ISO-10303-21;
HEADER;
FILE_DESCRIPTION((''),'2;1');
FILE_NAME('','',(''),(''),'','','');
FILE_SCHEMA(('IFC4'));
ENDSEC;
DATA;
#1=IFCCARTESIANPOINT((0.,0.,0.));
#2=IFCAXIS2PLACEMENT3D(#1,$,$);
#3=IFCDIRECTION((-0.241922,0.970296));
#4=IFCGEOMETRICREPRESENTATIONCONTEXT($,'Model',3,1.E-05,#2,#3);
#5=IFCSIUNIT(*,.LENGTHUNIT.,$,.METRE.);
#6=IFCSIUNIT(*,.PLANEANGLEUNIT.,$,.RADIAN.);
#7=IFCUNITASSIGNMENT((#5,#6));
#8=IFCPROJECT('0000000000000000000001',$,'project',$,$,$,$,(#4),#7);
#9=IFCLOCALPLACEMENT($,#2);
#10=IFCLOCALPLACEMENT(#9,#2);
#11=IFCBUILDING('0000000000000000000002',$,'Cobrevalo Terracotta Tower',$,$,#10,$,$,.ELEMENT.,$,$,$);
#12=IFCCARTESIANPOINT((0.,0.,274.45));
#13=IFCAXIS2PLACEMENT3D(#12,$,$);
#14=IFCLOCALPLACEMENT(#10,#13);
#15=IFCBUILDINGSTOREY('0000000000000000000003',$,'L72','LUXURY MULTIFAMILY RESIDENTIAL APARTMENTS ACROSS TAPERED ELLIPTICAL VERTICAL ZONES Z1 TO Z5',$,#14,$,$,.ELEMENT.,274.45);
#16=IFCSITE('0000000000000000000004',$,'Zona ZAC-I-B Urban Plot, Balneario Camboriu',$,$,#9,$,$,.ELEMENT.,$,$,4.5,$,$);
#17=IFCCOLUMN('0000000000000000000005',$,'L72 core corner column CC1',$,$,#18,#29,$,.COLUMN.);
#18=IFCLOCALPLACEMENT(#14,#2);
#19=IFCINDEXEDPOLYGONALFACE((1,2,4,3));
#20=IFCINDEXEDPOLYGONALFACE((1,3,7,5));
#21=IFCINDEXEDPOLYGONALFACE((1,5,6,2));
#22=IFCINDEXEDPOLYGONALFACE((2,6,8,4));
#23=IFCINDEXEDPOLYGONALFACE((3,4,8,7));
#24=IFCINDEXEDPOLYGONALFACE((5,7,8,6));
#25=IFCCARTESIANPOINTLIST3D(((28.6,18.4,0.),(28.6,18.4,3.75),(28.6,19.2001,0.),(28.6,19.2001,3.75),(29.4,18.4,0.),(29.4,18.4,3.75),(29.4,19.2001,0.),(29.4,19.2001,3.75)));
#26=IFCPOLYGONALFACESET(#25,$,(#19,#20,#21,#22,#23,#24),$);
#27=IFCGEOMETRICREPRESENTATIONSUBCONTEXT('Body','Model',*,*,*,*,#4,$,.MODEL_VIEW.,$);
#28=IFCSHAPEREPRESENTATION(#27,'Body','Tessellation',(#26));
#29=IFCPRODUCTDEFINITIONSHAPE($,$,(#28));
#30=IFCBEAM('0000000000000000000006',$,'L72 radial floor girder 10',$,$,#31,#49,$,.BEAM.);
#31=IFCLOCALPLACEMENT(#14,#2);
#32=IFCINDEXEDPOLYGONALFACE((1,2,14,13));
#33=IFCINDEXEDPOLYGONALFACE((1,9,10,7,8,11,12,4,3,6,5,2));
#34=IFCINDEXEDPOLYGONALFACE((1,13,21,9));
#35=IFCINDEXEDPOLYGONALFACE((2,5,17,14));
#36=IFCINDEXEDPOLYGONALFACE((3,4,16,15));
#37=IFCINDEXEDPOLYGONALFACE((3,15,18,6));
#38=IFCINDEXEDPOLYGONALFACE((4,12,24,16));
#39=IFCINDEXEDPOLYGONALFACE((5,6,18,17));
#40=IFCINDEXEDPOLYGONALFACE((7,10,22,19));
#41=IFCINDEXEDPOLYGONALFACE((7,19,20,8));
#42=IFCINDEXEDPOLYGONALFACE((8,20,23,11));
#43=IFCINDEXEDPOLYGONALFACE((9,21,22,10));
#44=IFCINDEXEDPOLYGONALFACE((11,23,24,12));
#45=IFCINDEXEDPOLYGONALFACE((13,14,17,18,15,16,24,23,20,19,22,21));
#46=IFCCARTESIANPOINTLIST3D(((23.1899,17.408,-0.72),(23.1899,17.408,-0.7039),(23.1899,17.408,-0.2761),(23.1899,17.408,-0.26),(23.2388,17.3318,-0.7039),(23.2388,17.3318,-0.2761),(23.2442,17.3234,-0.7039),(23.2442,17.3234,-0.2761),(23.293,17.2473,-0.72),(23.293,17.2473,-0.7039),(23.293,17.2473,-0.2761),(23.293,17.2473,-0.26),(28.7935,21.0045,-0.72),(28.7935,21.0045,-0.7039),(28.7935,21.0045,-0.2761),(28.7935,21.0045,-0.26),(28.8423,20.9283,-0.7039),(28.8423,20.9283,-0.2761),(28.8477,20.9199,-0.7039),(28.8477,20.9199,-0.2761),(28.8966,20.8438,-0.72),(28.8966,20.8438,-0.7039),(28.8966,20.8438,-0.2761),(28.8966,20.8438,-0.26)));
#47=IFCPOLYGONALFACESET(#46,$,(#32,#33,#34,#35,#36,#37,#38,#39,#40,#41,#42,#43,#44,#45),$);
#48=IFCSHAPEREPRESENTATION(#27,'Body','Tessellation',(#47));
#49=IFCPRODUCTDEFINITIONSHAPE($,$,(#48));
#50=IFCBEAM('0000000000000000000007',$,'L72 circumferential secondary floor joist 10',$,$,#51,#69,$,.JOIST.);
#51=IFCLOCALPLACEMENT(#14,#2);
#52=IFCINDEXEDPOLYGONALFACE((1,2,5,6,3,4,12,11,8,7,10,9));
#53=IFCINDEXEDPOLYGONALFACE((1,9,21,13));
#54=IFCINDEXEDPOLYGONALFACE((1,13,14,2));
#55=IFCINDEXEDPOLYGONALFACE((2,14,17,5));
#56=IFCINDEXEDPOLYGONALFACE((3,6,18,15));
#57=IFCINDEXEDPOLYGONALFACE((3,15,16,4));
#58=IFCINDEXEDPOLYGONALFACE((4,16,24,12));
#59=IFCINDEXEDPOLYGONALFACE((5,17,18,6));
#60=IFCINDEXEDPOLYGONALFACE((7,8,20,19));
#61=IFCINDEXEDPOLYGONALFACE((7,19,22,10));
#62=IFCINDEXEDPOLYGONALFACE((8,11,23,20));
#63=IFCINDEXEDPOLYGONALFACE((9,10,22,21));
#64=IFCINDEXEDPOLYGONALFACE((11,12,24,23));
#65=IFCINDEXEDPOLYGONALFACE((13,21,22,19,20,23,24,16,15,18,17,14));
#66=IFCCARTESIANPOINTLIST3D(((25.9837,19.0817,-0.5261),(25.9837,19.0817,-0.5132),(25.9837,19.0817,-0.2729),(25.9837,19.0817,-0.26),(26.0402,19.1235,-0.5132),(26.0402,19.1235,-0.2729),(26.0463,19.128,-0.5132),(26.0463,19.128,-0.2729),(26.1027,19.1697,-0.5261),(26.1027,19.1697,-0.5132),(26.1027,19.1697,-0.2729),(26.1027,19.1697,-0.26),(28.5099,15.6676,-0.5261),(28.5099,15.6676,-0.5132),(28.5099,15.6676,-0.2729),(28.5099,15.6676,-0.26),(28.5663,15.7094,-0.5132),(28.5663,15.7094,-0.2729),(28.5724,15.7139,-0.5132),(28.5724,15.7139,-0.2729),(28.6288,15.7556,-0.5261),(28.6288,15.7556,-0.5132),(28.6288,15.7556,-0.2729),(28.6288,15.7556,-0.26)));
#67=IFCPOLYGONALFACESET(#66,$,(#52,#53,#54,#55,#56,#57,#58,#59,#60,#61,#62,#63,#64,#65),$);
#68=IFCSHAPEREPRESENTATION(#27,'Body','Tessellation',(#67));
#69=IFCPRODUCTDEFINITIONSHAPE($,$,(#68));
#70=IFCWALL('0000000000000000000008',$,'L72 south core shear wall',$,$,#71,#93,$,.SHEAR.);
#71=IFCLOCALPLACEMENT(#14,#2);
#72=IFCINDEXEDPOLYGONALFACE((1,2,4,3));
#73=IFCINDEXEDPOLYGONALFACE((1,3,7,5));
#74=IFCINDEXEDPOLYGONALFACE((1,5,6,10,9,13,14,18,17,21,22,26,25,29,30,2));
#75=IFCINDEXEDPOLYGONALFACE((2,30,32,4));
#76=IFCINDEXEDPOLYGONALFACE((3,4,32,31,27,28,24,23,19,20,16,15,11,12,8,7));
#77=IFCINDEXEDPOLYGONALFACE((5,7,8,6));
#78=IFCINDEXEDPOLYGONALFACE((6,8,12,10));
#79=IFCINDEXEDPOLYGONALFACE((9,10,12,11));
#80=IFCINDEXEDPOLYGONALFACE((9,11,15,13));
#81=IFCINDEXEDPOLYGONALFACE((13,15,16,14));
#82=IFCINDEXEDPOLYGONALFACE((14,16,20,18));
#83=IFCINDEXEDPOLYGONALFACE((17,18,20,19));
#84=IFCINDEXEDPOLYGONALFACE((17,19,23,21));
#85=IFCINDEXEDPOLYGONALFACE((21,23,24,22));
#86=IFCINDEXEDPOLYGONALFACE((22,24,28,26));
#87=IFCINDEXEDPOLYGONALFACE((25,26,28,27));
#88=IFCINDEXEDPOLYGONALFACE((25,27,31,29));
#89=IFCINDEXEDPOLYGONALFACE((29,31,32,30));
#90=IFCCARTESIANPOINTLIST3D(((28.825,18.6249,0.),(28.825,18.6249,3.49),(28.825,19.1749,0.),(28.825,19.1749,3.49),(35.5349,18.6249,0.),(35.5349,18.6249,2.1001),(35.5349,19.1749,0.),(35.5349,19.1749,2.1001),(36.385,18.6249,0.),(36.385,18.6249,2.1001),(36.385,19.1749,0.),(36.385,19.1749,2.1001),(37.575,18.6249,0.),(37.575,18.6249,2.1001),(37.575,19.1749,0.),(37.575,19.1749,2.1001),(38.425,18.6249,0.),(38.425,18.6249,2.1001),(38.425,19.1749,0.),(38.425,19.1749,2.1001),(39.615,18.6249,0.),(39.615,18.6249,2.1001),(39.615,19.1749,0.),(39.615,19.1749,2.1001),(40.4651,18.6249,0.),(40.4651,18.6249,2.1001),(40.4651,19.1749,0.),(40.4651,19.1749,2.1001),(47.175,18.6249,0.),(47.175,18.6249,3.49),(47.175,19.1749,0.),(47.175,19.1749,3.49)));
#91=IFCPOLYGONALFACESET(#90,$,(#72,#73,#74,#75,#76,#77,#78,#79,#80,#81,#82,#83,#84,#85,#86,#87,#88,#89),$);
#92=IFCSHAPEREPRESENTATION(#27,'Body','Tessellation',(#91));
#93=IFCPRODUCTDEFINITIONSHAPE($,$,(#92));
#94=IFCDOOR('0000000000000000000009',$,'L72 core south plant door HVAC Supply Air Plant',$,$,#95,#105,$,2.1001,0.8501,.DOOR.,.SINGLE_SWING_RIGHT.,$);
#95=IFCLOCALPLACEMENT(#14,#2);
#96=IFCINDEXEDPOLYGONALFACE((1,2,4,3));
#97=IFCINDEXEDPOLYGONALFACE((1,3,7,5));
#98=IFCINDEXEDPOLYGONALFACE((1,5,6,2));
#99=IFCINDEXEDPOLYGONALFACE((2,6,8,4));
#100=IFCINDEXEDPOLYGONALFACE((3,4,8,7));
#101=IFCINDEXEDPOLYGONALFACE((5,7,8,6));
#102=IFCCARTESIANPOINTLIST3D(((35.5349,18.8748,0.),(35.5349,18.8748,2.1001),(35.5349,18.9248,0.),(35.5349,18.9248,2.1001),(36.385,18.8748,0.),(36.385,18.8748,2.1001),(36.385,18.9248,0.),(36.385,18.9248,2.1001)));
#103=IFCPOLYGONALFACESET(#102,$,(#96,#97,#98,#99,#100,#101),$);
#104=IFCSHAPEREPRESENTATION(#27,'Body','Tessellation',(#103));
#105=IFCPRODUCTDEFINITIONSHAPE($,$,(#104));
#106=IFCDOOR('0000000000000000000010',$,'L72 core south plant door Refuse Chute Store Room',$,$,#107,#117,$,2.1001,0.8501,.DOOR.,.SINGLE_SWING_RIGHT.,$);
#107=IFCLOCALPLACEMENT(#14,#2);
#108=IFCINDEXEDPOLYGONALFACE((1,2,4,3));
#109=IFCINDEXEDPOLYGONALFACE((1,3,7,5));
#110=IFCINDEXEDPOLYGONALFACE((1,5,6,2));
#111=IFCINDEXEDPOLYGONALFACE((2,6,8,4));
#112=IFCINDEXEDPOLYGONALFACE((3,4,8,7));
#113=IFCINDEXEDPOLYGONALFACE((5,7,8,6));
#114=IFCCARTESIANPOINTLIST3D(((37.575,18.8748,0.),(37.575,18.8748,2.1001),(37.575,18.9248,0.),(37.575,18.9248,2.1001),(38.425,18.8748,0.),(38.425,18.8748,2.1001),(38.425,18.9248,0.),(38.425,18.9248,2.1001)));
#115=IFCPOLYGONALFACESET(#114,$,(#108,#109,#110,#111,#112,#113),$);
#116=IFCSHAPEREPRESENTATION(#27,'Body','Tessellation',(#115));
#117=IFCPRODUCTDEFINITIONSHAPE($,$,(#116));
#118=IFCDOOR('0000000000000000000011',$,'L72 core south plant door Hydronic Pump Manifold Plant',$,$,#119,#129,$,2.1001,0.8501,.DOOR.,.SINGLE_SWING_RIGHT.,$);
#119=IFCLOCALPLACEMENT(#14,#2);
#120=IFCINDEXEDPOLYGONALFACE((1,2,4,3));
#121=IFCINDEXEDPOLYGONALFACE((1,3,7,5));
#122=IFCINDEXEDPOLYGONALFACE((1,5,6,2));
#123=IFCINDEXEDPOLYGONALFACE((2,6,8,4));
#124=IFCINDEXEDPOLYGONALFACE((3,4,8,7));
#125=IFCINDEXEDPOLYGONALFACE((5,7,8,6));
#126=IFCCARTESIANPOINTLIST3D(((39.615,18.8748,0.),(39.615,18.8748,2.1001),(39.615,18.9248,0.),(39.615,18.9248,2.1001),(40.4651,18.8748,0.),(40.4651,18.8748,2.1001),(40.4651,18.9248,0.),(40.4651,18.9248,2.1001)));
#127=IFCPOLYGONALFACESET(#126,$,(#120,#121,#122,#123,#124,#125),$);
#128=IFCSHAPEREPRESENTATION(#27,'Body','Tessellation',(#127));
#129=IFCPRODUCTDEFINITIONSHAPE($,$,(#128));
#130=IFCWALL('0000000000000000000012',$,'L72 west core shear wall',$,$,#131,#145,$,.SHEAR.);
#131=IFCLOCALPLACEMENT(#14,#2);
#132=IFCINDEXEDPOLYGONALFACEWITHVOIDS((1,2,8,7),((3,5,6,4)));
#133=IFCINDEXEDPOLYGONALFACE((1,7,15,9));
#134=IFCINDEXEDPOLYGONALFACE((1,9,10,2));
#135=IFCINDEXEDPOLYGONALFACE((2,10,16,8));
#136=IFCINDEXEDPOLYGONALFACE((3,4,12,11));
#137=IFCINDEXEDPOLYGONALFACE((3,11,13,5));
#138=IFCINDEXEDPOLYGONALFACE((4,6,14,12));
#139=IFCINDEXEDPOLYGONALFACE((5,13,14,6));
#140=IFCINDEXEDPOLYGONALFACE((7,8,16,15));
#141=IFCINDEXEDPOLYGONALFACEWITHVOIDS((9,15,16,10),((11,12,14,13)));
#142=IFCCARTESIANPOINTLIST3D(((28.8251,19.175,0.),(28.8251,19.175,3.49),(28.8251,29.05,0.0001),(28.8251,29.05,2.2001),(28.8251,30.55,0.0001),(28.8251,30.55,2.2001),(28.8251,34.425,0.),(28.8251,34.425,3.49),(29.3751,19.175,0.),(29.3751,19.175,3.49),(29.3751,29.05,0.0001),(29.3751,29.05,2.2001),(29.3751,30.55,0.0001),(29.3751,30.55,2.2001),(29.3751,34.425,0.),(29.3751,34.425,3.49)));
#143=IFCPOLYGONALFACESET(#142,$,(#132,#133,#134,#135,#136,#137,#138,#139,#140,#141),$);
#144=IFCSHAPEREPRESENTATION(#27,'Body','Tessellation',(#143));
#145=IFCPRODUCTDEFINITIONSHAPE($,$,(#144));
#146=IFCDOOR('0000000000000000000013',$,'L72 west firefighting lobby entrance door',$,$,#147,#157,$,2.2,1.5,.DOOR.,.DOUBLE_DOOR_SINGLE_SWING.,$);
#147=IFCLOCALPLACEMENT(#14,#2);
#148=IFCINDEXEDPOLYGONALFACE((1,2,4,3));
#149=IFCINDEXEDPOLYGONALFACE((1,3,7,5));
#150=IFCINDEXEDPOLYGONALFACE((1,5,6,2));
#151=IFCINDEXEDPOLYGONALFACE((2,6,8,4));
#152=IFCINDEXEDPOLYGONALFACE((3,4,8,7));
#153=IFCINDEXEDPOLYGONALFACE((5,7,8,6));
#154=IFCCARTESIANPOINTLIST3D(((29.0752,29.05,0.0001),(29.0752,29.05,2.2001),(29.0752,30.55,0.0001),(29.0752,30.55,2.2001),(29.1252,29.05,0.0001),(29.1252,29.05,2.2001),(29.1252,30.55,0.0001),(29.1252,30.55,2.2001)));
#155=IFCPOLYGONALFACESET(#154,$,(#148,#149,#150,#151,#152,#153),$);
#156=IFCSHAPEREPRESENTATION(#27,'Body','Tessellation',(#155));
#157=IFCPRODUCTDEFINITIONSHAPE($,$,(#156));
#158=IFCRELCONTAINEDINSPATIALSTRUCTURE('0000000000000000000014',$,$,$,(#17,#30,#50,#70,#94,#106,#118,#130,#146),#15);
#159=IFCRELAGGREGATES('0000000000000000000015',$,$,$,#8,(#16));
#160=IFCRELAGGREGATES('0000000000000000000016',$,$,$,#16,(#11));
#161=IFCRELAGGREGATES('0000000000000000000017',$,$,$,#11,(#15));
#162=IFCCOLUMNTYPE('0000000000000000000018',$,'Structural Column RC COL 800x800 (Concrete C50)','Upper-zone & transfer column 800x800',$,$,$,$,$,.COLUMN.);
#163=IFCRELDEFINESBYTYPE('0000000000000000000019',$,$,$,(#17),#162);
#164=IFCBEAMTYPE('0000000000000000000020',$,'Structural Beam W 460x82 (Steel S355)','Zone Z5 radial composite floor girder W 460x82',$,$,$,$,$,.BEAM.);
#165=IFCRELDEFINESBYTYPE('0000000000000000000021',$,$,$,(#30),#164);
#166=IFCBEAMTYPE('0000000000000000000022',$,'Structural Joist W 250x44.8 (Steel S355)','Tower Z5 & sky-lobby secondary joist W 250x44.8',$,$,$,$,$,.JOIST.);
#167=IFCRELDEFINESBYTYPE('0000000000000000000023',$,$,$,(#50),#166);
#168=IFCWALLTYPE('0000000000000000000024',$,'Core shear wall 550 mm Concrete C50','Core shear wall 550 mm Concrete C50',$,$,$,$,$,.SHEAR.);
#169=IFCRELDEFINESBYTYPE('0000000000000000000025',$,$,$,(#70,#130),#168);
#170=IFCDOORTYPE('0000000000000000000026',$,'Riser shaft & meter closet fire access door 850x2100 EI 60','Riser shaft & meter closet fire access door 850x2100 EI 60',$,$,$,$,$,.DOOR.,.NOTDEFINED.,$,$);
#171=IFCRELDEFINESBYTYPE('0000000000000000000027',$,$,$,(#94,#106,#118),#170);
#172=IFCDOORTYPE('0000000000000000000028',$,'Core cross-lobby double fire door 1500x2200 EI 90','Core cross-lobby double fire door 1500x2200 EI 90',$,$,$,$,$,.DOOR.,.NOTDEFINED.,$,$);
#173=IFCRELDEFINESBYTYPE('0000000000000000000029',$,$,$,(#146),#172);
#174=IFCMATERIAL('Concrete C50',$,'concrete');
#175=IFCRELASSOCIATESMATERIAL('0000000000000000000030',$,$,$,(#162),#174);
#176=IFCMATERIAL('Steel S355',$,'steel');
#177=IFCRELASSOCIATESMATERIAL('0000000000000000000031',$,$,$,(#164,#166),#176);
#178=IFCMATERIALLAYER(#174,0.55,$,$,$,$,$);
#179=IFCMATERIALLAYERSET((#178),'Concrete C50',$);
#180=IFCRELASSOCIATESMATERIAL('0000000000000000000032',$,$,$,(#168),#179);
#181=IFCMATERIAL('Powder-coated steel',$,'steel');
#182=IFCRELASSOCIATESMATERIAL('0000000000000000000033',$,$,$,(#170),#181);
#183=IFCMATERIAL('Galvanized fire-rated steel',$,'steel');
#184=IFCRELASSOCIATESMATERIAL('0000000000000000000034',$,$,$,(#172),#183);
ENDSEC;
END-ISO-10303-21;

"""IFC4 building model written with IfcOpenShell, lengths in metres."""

from ifc_helpers import new_model, si_unit, direction, frame, frame_2d, origin, origin_2d, place, context, subcontext, project, spatial, rectangle, i_section, extrude, source, transform, mapped, material, layer, layer_set, material_profile, profile_set, type_object, element, fill, save


model = new_model("IFC4")

# Units and contexts
model_context = context("Model", 3, precision=1e-05, world=origin(), true_north=direction((-0.241922, 0.970296)))
body_context = subcontext(model_context, "Body", "Model", "MODEL_VIEW")
ifc_project = project(units=[si_unit("LENGTHUNIT", "METRE"), si_unit("PLANEANGLEUNIT", "RADIAN")], contexts=[model_context])

# Site, building, storey
site_placement = place(None, origin())
site = spatial("IfcSite", under=ifc_project, at=site_placement, Name="Zona ZAC-I-B Urban Plot, Balneario Camboriu", CompositionType="ELEMENT", RefElevation=4.5)
building_placement = place(site_placement, origin())
building = spatial("IfcBuilding", under=site, at=building_placement, Name="Cobrevalo Terracotta Tower", CompositionType="ELEMENT")
storey_placement = place(building_placement, frame((0.0, 0.0, 274.45)))
storey = spatial("IfcBuildingStorey", under=building, at=storey_placement, Name="L72", Description="LUXURY MULTIFAMILY RESIDENTIAL APARTMENTS ACROSS TAPERED ELLIPTICAL VERTICAL ZONES Z1 TO Z5", CompositionType="ELEMENT", Elevation=274.45)

# Column
ifc_material_1 = material(Name="Concrete C50", Category="concrete")
ifc_material_profile_1 = material_profile(ifc_material_1, rectangle(XDim=0.8, YDim=0.8, at=origin_2d()), Name="RC COL 800x800")
ifc_profile_set_1 = profile_set([ifc_material_profile_1], Name="Concrete C50")
column_type = type_object("IfcColumnType", Name="Structural Column RC COL 800x800 (Concrete C50)", Description="Upper-zone & transfer column 800x800", PredefinedType="COLUMN", material=ifc_profile_set_1)
column_placement = place(storey_placement, frame((29.0, 18.8, 0.0), z_axis=(0.0, 0.0, 1.0), x_axis=(1.0, 0.0, 0.0)))
element("IfcColumn", 1, at=column_placement, inside=storey, type_object=column_type, Name="L72 core corner column CC1", PredefinedType="COLUMN", context=body_context, shape_type="SweptSolid", body=[
    extrude(rectangle(XDim=0.8, YDim=0.8, at=origin_2d()), origin(), (0.0, 0.0, 1.0), 3.75),
])

# Beams
ifc_material_2 = material(Name="Steel S355", Category="steel")
ifc_material_profile_2 = material_profile(ifc_material_2, i_section(OverallWidth=0.1909, OverallDepth=0.46, WebThickness=0.01, FlangeThickness=0.0161, at=origin_2d()), Name="W 460x82")
ifc_profile_set_2 = profile_set([ifc_material_profile_2], Name="Steel S355")
beam_type_1 = type_object("IfcBeamType", Name="Structural Beam W 460x82 (Steel S355)", Description="Zone Z5 radial composite floor girder W 460x82", PredefinedType="BEAM", material=ifc_profile_set_2)
beam_1_placement = place(storey_placement, frame((23.2415, 17.3276, -0.49), z_axis=(0.841576, 0.540138, 0.0), x_axis=(-0.540138, 0.841576, 0.0)))
element("IfcBeam", 2, at=beam_1_placement, inside=storey, type_object=beam_type_1, Name="L72 radial floor girder 10", PredefinedType="BEAM", context=body_context, shape_type="SweptSolid", body=[
    extrude(i_section(OverallWidth=0.1909, OverallDepth=0.46, WebThickness=0.01, FlangeThickness=0.0161, at=origin_2d()), origin(), (0.0, 0.0, 1.0), 6.6584),
])
ifc_material_profile_3 = material_profile(ifc_material_2, i_section(OverallWidth=0.1479, OverallDepth=0.2661, WebThickness=0.0076, FlangeThickness=0.0129, at=origin_2d()), Name="W 250x44.8")
ifc_profile_set_3 = profile_set([ifc_material_profile_3], Name="Steel S355")
beam_type_2 = type_object("IfcBeamType", Name="Structural Joist W 250x44.8 (Steel S355)", Description="Tower Z5 & sky-lobby secondary joist W 250x44.8", PredefinedType="JOIST", material=ifc_profile_set_3)
beam_2_placement = place(storey_placement, frame((26.0432, 19.1257, -0.3931), z_axis=(0.5948, -0.803874, 0.0), x_axis=(0.803874, 0.5948, 0.0)))
element("IfcBeam", 3, at=beam_2_placement, inside=storey, type_object=beam_type_2, Name="L72 circumferential secondary floor joist 10", PredefinedType="JOIST", context=body_context, shape_type="SweptSolid", body=[
    extrude(i_section(OverallWidth=0.1479, OverallDepth=0.2661, WebThickness=0.0076, FlangeThickness=0.0129, at=origin_2d()), origin(), (0.0, 0.0, 1.0), 4.2471),
])

# Wall, openings, doors
ifc_layer_1 = layer(ifc_material_1, 0.55)
ifc_layer_set_1 = layer_set([ifc_layer_1], Name="Concrete C50")
wall_type_1 = type_object("IfcWallType", Name="Core shear wall 550 mm Concrete C50", Description="Core shear wall 550 mm Concrete C50", PredefinedType="SHEAR", material=ifc_layer_set_1)
wall_1_placement = place(storey_placement, frame((28.825, 18.8999, 0.0), z_axis=(0.0, 0.0, 1.0), x_axis=(1.0, 0.0, 0.0)))
wall_1 = element("IfcWall", 4, at=wall_1_placement, inside=storey, type_object=wall_type_1, Name="L72 south core shear wall", PredefinedType="SHEAR", context=body_context, shape_type="SweptSolid", body=[
    extrude(rectangle(XDim=18.3501, YDim=0.55, at=frame_2d((9.175, 0.0))), origin(), (0.0, 0.0, 1.0), 3.49),
])
opening_1_placement = place(wall_1_placement, frame((6.71, 0.0, 0.0)))
opening_1 = element("IfcOpeningElement", 5, at=opening_1_placement, cuts=wall_1, PredefinedType="OPENING", context=body_context, shape_type="SweptSolid", body=[
    extrude(rectangle(XDim=0.8501, YDim=2.1001, at=frame_2d((0.425, 1.05))), frame((0.0, 0.2852, 0.0), z_axis=(0.0, -1.0, 0.0), x_axis=(1.0, 0.0, 0.0)), (0.0, 0.0, 1.0), 0.5701),
])
opening_2_placement = place(wall_1_placement, frame((8.75, 0.0, 0.0)))
opening_2 = element("IfcOpeningElement", 6, at=opening_2_placement, cuts=wall_1, PredefinedType="OPENING", context=body_context, shape_type="SweptSolid", body=[
    extrude(rectangle(XDim=0.8501, YDim=2.1001, at=frame_2d((0.425, 1.05))), frame((0.0, 0.2852, 0.0), z_axis=(0.0, -1.0, 0.0), x_axis=(1.0, 0.0, 0.0)), (0.0, 0.0, 1.0), 0.5701),
])
opening_3_placement = place(wall_1_placement, frame((10.79, 0.0, 0.0)))
opening_3 = element("IfcOpeningElement", 7, at=opening_3_placement, cuts=wall_1, PredefinedType="OPENING", context=body_context, shape_type="SweptSolid", body=[
    extrude(rectangle(XDim=0.8501, YDim=2.1001, at=frame_2d((0.425, 1.05))), frame((0.0, 0.2852, 0.0), z_axis=(0.0, -1.0, 0.0), x_axis=(1.0, 0.0, 0.0)), (0.0, 0.0, 1.0), 0.5701),
])
ifc_material_3 = material(Name="Powder-coated steel", Category="steel")
door_type_1 = type_object("IfcDoorType", Name="Riser shaft & meter closet fire access door 850x2100 EI 60", Description="Riser shaft & meter closet fire access door 850x2100 EI 60", OperationType="NOTDEFINED", PredefinedType="DOOR", material=ifc_material_3)
shared_shape_1 = source(origin(), body_context, "Body", "SweptSolid", [
    extrude(rectangle(XDim=0.8501, YDim=2.1001, at=frame_2d((0.425, 1.05))), frame((0.0, 0.0249, 0.0), z_axis=(0.0, -1.0, 0.0), x_axis=(1.0, 0.0, 0.0)), (0.0, 0.0, 1.0), 0.05),
])
door_1_placement = place(opening_1_placement, origin())
door_1 = element("IfcDoor", 8, at=door_1_placement, inside=storey, type_object=door_type_1, Name="L72 core south plant door HVAC Supply Air Plant", OperationType="SINGLE_SWING_RIGHT", OverallHeight=2.1001, OverallWidth=0.8501, PredefinedType="DOOR", context=body_context, shape_type="MappedRepresentation", body=[
    mapped(shared_shape_1, transform((0.0, 0.0, 0.0), scale=1.0)),
])
fill(opening_1, door_1)
door_2_placement = place(opening_2_placement, origin())
door_2 = element("IfcDoor", 9, at=door_2_placement, inside=storey, type_object=door_type_1, Name="L72 core south plant door Refuse Chute Store Room", OperationType="SINGLE_SWING_RIGHT", OverallHeight=2.1001, OverallWidth=0.8501, PredefinedType="DOOR", context=body_context, shape_type="MappedRepresentation", body=[
    mapped(shared_shape_1, transform((0.0, 0.0, 0.0), scale=1.0)),
])
fill(opening_2, door_2)
door_3_placement = place(opening_3_placement, origin())
door_3 = element("IfcDoor", 10, at=door_3_placement, inside=storey, type_object=door_type_1, Name="L72 core south plant door Hydronic Pump Manifold Plant", OperationType="SINGLE_SWING_RIGHT", OverallHeight=2.1001, OverallWidth=0.8501, PredefinedType="DOOR", context=body_context, shape_type="MappedRepresentation", body=[
    mapped(shared_shape_1, transform((0.0, 0.0, 0.0), scale=1.0)),
])
fill(opening_3, door_3)

# Wall, opening, door
wall_2_placement = place(storey_placement, frame((29.1001, 19.175, 0.0), z_axis=(0.0, 0.0, 1.0), x_axis=(0.0, 1.0, 0.0)))
wall_2 = element("IfcWall", 11, at=wall_2_placement, inside=storey, type_object=wall_type_1, Name="L72 west core shear wall", PredefinedType="SHEAR", context=body_context, shape_type="SweptSolid", body=[
    extrude(rectangle(XDim=15.25, YDim=0.55, at=frame_2d((7.625, 0.0))), origin(), (0.0, 0.0, 1.0), 3.49),
])
opening_4_placement = place(wall_2_placement, frame((9.875, 0.0, 0.0)))
opening_4 = element("IfcOpeningElement", 12, at=opening_4_placement, cuts=wall_2, PredefinedType="OPENING", context=body_context, shape_type="SweptSolid", body=[
    extrude(rectangle(XDim=1.5, YDim=2.2, at=frame_2d((0.75, 1.1001))), frame((0.0, 0.2852, 0.0), z_axis=(0.0, -1.0, 0.0), x_axis=(1.0, 0.0, 0.0)), (0.0, 0.0, 1.0), 0.5701),
])
ifc_material_4 = material(Name="Galvanized fire-rated steel", Category="steel")
door_type_2 = type_object("IfcDoorType", Name="Core cross-lobby double fire door 1500x2200 EI 90", Description="Core cross-lobby double fire door 1500x2200 EI 90", OperationType="NOTDEFINED", PredefinedType="DOOR", material=ifc_material_4)
shared_shape_2 = source(origin(), body_context, "Body", "SweptSolid", [
    extrude(rectangle(XDim=1.5, YDim=2.2, at=frame_2d((0.75, 1.1001))), frame((0.0, 0.0249, 0.0), z_axis=(0.0, -1.0, 0.0), x_axis=(1.0, 0.0, 0.0)), (0.0, 0.0, 1.0), 0.05),
])
door_4_placement = place(opening_4_placement, origin())
door_4 = element("IfcDoor", 13, at=door_4_placement, inside=storey, type_object=door_type_2, Name="L72 west firefighting lobby entrance door", OperationType="DOUBLE_DOOR_SINGLE_SWING", OverallHeight=2.2, OverallWidth=1.5, PredefinedType="DOOR", context=body_context, shape_type="MappedRepresentation", body=[
    mapped(shared_shape_2, transform((0.0, 0.0, 0.0), scale=1.0)),
])
fill(opening_4, door_4)

save(model, "model.ifc")
